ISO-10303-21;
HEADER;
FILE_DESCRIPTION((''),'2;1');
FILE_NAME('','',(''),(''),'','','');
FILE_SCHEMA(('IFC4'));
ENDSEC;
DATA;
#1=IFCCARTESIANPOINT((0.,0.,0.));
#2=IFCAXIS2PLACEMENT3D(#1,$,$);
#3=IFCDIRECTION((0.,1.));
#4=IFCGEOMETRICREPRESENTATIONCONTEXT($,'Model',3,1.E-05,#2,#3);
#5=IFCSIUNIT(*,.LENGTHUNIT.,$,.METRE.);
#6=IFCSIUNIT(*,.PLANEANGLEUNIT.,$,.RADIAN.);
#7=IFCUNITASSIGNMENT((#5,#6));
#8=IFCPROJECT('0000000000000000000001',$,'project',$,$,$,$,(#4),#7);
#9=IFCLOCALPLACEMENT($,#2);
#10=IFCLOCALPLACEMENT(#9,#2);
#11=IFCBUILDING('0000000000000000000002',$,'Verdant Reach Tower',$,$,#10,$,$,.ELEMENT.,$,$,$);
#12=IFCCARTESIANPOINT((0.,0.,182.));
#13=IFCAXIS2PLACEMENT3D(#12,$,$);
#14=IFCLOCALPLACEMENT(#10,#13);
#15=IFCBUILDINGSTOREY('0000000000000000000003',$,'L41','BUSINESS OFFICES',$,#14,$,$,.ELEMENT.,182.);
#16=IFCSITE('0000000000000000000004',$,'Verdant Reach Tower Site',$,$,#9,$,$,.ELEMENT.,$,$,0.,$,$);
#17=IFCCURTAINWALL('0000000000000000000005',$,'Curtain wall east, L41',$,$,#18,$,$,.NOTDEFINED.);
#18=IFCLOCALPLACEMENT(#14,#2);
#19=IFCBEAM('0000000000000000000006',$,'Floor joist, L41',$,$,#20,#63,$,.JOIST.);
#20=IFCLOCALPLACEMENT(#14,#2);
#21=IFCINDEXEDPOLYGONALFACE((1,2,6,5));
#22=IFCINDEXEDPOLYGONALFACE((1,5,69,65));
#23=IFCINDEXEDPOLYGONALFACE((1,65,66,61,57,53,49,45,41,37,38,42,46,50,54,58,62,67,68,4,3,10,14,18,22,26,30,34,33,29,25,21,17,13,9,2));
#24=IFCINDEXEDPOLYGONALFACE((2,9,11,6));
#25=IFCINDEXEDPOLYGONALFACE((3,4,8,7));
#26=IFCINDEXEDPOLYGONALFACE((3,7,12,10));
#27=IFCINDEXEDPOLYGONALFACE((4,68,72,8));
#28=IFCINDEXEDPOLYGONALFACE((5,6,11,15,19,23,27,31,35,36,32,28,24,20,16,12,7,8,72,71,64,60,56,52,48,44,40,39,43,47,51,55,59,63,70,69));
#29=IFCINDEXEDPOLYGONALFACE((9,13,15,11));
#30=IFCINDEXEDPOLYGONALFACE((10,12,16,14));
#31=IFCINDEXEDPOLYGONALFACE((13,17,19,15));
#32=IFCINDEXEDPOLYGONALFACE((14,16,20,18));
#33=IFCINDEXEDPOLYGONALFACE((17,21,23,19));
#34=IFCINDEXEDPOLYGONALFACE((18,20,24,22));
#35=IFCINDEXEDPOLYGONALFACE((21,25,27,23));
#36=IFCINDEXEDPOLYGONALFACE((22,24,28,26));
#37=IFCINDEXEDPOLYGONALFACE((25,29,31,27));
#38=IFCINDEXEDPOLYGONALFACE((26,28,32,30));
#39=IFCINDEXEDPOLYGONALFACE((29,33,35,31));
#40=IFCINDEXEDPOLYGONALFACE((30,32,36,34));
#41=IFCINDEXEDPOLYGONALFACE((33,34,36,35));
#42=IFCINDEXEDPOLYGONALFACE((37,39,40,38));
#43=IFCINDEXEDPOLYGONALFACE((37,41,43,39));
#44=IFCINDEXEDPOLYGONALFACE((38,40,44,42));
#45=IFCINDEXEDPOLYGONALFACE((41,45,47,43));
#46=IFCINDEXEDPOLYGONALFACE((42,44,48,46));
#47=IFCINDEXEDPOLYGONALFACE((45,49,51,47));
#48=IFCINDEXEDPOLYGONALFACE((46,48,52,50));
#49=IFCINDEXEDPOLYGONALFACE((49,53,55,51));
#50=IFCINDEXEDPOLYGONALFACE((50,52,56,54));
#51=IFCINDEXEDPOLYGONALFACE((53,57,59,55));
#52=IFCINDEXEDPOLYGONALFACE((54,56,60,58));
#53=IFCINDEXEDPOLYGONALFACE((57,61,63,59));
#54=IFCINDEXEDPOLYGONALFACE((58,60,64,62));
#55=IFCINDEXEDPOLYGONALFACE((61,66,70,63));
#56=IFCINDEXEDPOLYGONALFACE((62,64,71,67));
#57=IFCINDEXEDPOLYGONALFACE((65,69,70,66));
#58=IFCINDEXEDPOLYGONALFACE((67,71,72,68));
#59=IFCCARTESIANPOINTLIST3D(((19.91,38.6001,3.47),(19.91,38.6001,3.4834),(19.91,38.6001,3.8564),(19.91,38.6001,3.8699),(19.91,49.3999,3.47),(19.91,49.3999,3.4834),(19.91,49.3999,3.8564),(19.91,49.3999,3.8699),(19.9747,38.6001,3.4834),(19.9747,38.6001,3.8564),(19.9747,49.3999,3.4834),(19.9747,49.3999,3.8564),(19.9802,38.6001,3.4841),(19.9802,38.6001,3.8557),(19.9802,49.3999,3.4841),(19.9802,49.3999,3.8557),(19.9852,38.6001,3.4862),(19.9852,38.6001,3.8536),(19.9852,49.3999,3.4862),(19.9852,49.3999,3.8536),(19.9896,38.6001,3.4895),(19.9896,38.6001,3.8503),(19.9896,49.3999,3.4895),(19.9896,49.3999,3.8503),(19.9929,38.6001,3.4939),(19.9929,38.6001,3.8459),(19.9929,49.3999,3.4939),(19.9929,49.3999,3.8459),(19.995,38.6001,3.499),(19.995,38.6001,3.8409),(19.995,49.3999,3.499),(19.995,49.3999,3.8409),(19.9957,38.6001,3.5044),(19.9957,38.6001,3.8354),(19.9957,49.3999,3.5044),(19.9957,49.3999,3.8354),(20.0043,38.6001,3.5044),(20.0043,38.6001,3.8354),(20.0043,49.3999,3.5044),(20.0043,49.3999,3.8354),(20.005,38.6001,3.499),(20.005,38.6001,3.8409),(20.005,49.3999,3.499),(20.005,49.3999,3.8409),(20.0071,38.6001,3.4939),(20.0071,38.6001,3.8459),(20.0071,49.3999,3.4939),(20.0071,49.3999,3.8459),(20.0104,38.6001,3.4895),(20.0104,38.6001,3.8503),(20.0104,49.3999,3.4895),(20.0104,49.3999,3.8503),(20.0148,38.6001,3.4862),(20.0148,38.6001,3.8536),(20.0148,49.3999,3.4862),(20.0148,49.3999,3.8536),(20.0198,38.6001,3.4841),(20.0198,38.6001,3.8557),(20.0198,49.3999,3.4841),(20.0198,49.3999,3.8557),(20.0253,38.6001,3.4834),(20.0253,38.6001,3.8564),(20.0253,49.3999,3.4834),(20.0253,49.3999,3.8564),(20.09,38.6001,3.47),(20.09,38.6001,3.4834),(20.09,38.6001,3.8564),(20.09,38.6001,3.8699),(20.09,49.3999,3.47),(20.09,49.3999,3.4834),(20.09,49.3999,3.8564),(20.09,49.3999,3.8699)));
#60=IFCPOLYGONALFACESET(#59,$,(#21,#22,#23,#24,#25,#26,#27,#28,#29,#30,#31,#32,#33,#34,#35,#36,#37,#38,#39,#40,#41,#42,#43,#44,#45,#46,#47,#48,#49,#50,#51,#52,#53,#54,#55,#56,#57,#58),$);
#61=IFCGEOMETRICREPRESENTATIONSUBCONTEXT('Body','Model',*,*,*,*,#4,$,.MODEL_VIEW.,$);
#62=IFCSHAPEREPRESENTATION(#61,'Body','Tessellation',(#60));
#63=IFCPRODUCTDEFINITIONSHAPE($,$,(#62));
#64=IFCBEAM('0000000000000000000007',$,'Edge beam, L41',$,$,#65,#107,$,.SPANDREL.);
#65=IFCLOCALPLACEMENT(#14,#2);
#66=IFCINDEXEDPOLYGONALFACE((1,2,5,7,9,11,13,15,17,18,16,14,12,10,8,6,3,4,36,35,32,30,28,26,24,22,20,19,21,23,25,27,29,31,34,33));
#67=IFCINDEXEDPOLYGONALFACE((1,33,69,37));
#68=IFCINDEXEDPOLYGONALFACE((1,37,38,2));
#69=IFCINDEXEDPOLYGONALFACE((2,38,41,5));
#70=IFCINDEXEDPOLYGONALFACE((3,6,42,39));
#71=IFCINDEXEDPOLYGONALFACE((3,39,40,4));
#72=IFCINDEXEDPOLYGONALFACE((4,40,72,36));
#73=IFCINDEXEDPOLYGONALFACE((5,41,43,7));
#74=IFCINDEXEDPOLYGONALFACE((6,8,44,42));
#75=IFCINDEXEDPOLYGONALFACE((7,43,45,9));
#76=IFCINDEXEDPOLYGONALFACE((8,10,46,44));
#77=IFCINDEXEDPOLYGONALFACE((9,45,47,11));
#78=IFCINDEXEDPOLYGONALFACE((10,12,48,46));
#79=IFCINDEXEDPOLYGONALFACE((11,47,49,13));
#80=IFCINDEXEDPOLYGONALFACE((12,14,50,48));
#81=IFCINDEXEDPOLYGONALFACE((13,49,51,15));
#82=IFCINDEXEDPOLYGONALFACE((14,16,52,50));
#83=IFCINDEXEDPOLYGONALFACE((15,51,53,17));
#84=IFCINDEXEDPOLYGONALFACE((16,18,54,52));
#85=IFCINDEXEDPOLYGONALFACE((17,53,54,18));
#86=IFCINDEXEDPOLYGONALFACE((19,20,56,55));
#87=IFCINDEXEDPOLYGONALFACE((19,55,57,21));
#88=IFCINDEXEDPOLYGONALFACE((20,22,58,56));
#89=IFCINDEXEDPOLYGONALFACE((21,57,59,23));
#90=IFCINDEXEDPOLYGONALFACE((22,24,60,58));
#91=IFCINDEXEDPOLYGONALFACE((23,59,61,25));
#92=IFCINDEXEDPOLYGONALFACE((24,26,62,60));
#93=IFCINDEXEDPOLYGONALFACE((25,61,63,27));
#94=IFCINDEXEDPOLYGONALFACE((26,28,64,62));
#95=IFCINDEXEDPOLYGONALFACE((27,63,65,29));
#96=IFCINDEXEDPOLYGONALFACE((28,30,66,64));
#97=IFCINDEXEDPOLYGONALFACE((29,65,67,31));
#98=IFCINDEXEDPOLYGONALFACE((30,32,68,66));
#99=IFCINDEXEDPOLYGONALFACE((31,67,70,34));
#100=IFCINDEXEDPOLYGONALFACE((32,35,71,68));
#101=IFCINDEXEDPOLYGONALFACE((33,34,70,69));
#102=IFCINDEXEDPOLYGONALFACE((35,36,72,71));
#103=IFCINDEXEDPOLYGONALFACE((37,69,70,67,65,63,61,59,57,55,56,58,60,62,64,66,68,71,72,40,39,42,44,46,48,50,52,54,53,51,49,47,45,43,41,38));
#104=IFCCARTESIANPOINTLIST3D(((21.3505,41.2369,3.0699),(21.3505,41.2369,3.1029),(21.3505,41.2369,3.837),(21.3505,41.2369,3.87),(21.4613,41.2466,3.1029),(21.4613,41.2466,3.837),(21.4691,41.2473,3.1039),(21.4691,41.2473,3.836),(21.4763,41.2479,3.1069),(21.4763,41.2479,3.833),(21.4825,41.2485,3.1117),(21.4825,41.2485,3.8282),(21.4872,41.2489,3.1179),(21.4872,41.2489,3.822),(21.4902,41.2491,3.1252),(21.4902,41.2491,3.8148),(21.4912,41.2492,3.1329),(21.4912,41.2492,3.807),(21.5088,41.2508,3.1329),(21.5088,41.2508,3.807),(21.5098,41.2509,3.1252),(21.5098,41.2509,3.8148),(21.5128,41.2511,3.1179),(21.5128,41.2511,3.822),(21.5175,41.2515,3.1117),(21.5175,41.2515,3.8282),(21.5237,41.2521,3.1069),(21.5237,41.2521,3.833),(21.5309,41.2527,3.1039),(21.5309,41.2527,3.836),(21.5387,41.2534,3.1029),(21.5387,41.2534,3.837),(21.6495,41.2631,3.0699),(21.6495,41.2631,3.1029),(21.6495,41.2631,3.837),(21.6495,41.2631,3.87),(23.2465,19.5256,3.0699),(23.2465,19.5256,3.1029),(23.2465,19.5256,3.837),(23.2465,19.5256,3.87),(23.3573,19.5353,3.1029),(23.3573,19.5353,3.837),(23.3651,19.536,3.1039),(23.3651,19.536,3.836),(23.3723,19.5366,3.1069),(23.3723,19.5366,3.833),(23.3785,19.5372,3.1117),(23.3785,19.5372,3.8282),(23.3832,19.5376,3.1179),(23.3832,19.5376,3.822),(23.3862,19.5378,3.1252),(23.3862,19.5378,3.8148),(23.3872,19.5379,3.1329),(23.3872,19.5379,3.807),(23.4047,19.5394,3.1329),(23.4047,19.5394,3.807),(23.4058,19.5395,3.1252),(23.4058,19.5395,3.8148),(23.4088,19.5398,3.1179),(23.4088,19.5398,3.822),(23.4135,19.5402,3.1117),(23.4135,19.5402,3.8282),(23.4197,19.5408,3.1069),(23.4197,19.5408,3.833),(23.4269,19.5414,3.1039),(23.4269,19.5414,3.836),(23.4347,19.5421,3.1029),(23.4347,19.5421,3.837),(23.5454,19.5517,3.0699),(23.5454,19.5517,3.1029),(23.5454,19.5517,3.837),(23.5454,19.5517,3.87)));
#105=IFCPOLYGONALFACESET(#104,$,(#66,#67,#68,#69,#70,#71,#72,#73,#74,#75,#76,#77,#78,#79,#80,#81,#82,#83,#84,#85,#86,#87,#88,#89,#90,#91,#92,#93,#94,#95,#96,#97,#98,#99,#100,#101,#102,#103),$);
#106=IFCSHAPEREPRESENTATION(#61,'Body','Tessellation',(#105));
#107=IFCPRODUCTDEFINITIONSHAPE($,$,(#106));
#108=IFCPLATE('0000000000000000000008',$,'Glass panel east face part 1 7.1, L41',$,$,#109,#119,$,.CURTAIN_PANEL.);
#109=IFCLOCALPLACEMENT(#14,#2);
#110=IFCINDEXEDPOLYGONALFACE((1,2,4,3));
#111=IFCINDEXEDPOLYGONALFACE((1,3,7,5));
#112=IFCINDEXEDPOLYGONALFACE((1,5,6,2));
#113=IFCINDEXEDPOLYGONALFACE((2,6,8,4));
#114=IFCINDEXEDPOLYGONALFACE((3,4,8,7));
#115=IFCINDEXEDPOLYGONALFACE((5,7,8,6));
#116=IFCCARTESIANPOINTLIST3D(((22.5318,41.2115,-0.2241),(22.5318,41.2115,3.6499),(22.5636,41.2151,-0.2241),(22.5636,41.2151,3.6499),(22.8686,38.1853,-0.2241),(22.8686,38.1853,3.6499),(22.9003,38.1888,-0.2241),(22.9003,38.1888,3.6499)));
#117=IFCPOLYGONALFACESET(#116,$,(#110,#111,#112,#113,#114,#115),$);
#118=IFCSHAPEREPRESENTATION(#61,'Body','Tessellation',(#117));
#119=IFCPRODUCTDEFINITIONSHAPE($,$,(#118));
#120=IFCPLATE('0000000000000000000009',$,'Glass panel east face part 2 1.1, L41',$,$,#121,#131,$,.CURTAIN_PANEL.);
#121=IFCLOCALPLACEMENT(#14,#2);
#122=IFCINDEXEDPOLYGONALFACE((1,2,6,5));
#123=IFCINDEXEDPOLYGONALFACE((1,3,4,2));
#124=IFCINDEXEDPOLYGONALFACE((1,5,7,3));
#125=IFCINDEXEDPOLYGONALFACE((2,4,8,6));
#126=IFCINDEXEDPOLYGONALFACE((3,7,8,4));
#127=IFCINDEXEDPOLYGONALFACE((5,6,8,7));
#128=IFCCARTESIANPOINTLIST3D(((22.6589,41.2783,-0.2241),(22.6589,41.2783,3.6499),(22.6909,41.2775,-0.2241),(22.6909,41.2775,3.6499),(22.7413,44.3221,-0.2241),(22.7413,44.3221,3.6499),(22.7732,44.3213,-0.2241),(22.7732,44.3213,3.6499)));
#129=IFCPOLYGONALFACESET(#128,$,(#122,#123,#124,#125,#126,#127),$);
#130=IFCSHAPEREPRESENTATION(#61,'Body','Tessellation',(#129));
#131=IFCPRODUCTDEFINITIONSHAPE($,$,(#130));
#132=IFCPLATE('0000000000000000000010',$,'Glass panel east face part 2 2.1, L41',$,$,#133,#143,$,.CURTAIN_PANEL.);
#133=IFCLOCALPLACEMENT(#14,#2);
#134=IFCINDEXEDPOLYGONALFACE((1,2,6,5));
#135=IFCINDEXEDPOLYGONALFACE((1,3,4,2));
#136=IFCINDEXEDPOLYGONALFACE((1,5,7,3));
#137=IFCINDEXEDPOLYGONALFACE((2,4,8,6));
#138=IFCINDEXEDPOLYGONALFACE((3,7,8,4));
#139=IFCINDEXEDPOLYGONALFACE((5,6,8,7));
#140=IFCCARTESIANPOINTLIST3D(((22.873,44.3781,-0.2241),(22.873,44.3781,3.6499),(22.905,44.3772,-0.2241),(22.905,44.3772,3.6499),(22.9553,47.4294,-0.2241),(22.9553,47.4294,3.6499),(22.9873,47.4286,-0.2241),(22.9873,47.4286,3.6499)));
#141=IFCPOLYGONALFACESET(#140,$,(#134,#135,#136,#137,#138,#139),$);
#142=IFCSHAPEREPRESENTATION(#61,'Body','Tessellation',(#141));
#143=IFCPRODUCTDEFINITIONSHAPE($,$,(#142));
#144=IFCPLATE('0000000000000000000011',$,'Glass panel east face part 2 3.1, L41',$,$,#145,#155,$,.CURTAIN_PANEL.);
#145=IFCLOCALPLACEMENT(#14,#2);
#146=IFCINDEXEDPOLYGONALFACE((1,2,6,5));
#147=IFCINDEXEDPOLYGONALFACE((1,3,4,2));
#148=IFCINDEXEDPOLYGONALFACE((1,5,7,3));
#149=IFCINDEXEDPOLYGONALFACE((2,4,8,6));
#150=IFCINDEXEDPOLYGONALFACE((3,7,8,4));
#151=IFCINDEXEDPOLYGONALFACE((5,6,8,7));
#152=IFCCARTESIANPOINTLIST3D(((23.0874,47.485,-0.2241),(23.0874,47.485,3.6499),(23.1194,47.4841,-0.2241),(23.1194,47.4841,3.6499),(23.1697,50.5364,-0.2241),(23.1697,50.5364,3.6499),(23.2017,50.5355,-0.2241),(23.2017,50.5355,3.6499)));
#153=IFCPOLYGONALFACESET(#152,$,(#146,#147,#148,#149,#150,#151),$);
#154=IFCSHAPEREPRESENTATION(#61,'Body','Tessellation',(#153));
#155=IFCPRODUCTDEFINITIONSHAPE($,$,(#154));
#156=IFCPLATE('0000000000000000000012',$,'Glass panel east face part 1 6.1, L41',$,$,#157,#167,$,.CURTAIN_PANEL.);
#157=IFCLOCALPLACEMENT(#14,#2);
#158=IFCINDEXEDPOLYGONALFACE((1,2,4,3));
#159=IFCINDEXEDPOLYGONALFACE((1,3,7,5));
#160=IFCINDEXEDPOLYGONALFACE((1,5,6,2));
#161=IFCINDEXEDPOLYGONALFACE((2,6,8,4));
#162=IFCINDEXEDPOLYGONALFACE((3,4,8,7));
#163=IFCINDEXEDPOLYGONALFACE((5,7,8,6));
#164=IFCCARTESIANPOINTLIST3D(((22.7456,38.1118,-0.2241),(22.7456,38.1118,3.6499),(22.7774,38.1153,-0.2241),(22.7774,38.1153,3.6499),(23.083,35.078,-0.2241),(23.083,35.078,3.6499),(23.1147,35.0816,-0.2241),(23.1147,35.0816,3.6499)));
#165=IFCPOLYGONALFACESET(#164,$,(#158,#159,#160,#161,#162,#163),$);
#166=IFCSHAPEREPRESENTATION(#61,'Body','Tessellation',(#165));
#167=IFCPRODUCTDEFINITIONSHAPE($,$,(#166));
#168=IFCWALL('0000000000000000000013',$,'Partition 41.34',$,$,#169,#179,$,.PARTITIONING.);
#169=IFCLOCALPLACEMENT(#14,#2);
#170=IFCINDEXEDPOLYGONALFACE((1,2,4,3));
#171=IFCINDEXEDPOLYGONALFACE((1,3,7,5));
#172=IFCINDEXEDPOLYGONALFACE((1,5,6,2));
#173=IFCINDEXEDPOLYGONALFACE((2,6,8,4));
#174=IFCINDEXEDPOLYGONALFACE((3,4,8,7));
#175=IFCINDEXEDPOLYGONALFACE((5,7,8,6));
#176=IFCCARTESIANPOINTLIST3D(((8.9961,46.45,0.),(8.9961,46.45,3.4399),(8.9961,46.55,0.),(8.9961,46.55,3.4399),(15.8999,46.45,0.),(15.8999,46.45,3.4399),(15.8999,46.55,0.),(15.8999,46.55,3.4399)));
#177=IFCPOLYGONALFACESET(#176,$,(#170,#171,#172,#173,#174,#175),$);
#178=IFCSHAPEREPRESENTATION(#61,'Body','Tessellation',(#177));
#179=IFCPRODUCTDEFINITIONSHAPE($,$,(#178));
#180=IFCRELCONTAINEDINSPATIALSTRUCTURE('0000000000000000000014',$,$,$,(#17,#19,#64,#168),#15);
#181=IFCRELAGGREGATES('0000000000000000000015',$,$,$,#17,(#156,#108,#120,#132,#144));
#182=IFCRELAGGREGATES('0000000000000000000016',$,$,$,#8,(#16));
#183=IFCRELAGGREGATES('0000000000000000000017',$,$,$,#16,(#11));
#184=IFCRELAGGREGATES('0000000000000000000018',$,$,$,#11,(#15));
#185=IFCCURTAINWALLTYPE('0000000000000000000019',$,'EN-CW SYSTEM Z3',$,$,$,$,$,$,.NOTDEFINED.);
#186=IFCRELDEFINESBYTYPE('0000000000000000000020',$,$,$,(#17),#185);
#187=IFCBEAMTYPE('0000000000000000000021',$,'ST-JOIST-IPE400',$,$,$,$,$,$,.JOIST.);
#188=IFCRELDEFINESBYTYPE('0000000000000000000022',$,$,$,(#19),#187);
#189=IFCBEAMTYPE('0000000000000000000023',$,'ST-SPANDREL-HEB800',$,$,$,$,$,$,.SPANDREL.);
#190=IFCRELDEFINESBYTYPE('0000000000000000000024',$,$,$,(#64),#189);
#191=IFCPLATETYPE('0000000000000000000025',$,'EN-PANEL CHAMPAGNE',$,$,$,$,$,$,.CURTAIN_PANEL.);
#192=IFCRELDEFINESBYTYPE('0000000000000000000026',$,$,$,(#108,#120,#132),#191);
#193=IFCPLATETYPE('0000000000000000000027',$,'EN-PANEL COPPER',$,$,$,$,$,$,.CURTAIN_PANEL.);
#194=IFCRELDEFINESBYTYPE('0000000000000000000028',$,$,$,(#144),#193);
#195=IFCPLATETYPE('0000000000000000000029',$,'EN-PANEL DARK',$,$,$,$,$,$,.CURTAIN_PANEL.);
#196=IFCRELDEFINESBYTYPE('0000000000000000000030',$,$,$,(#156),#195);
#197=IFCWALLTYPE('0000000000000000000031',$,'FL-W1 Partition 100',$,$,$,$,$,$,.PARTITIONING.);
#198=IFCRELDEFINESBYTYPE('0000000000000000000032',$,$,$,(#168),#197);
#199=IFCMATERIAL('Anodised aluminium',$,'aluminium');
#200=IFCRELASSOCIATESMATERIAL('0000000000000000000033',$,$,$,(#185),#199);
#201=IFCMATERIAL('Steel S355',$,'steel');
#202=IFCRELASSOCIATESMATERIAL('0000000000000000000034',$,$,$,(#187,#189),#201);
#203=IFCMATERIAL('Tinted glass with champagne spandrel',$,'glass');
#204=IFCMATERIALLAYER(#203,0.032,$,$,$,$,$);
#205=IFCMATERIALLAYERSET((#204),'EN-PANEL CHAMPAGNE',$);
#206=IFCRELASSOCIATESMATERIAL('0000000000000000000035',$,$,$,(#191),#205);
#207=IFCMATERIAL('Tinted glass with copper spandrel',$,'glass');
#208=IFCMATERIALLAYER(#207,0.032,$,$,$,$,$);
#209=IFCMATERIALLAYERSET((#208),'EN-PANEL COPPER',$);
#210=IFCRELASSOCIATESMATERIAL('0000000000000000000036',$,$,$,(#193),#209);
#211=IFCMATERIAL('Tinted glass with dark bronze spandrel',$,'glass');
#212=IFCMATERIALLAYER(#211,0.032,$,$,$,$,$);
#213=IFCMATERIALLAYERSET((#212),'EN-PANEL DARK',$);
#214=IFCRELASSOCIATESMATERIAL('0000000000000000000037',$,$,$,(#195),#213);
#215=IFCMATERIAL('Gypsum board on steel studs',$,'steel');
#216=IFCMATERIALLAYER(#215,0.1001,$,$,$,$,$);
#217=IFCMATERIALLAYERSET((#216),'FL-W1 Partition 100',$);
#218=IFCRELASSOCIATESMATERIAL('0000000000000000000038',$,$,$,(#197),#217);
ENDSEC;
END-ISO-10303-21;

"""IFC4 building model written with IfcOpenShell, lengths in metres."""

from ifc_helpers import new_model, si_unit, direction, frame, frame_2d, origin, origin_2d, place, context, subcontext, project, spatial, rectangle, i_section, extrude, material, layer, layer_set, material_profile, profile_set, type_object, element, aggregate, save


model = new_model("IFC4")

# Units and contexts
model_context = context("Model", 3, precision=1e-05, world=origin(), true_north=direction((0.0, 1.0)))
body_context = subcontext(model_context, "Body", "Model", "MODEL_VIEW")
ifc_project = project(units=[si_unit("LENGTHUNIT", "METRE"), si_unit("PLANEANGLEUNIT", "RADIAN")], contexts=[model_context])

# Site, building, storey
site_placement = place(None, origin())
site = spatial("IfcSite", under=ifc_project, at=site_placement, Name="Verdant Reach Tower Site", CompositionType="ELEMENT", RefElevation=0.0)
building_placement = place(site_placement, origin())
building = spatial("IfcBuilding", under=site, at=building_placement, Name="Verdant Reach Tower", CompositionType="ELEMENT")
storey_placement = place(building_placement, frame((0.0, 0.0, 182.0)))
storey = spatial("IfcBuildingStorey", under=building, at=storey_placement, Name="L41", Description="BUSINESS OFFICES", CompositionType="ELEMENT", Elevation=182.0)

# Curtain wall
ifc_material_1 = material(Name="Anodised aluminium", Category="aluminium")
curtain_wall_type = type_object("IfcCurtainWallType", Name="EN-CW SYSTEM Z3", PredefinedType="NOTDEFINED", material=ifc_material_1)
curtain_wall_placement = place(storey_placement, origin())
curtain_wall = element("IfcCurtainWall", 1, at=curtain_wall_placement, inside=storey, type_object=curtain_wall_type, Name="Curtain wall east, L41", PredefinedType="NOTDEFINED")

# Beams
ifc_material_2 = material(Name="Steel S355", Category="steel")
ifc_material_profile_1 = material_profile(ifc_material_2, i_section(OverallWidth=0.1799, OverallDepth=0.3999, WebThickness=0.0085, FlangeThickness=0.0134, FilletRadius=0.021, at=origin_2d()), Name="IPE 400")
ifc_profile_set_1 = profile_set([ifc_material_profile_1], Name="Steel S355")
beam_type_1 = type_object("IfcBeamType", Name="ST-JOIST-IPE400", PredefinedType="JOIST", material=ifc_profile_set_1)
for number, where, z_axis, x_axis, name in (
    (2, (20.0, 38.6001, 3.6699), (0.0, 1.0, 0.0), (-1.0, 0.0, 0.0), "Floor joist, L41"),
):
    element("IfcBeam", number, at=place(storey_placement, frame(where, z_axis=z_axis, x_axis=x_axis)), inside=storey, type_object=beam_type_1, Name=name, PredefinedType="JOIST", context=body_context, shape_type="SweptSolid", body=[
        extrude(i_section(OverallWidth=0.1799, OverallDepth=0.3999, WebThickness=0.0085, FlangeThickness=0.0134, FilletRadius=0.021, at=origin_2d()), origin(), (0.0, 0.0, 1.0), 10.7998),
    ])
ifc_material_profile_2 = material_profile(ifc_material_2, i_section(OverallWidth=0.3, OverallDepth=0.8, WebThickness=0.0176, FlangeThickness=0.033, FilletRadius=0.03, at=origin_2d()), Name="HEB 800")
ifc_profile_set_2 = profile_set([ifc_material_profile_2], Name="Steel S355")
beam_type_2 = type_object("IfcBeamType", Name="ST-SPANDREL-HEB800", PredefinedType="SPANDREL", material=ifc_profile_set_2)
beam_placement = place(storey_placement, frame((21.5, 41.25, 3.47), z_axis=(0.086996, -0.996209, 0.0), x_axis=(0.996209, 0.086996, 0.0)))
element("IfcBeam", 3, at=beam_placement, inside=storey, type_object=beam_type_2, Name="Edge beam, L41", PredefinedType="SPANDREL", context=body_context, shape_type="SweptSolid", body=[
    extrude(i_section(OverallWidth=0.3, OverallDepth=0.8, WebThickness=0.0176, FlangeThickness=0.033, FilletRadius=0.03, at=origin_2d()), origin(), (0.0, 0.0, 1.0), 21.7939),
])

# Plates
ifc_material_3 = material(Name="Tinted glass with champagne spandrel", Category="glass")
ifc_layer_1 = layer(ifc_material_3, 0.032)
ifc_layer_set_1 = layer_set([ifc_layer_1], Name="EN-PANEL CHAMPAGNE")
plate_type_1 = type_object("IfcPlateType", Name="EN-PANEL CHAMPAGNE", PredefinedType="CURTAIN_PANEL", material=ifc_layer_set_1)
plate_1_placement = place(storey_placement, frame((22.7161, 39.7002, -0.2241), z_axis=(0.0, 0.0, 1.0), x_axis=(-0.110601, 0.993865, 0.0)))
plate_1 = element("IfcPlate", 4, at=plate_1_placement, type_object=plate_type_1, Name="Glass panel east face part 1 7.1, L41", PredefinedType="CURTAIN_PANEL", context=body_context, shape_type="SweptSolid", body=[
    extrude(rectangle(XDim=3.0449, YDim=0.032, at=origin_2d()), origin(), (0.0, 0.0, 1.0), 3.874),
])
plate_2_placement = place(storey_placement, frame((22.7161, 42.7998, -0.2241), z_axis=(0.0, 0.0, 1.0), x_axis=(0.027048, 0.999634, 0.0)))
plate_2 = element("IfcPlate", 5, at=plate_2_placement, type_object=plate_type_1, Name="Glass panel east face part 2 1.1, L41", PredefinedType="CURTAIN_PANEL", context=body_context, shape_type="SweptSolid", body=[
    extrude(rectangle(XDim=3.0449, YDim=0.032, at=origin_2d()), origin(), (0.0, 0.0, 1.0), 3.874),
])
plate_3_placement = place(storey_placement, frame((22.9302, 45.9033, -0.2241), z_axis=(0.0, 0.0, 1.0), x_axis=(0.026965, 0.999636, 0.0)))
plate_3 = element("IfcPlate", 6, at=plate_3_placement, type_object=plate_type_1, Name="Glass panel east face part 2 2.1, L41", PredefinedType="CURTAIN_PANEL", context=body_context, shape_type="SweptSolid", body=[
    extrude(rectangle(XDim=3.0525, YDim=0.032, at=origin_2d()), origin(), (0.0, 0.0, 1.0), 3.874),
])
ifc_material_4 = material(Name="Tinted glass with copper spandrel", Category="glass")
ifc_layer_2 = layer(ifc_material_4, 0.032)
ifc_layer_set_2 = layer_set([ifc_layer_2], Name="EN-PANEL COPPER")
plate_type_2 = type_object("IfcPlateType", Name="EN-PANEL COPPER", PredefinedType="CURTAIN_PANEL", material=ifc_layer_set_2)
plate_4_placement = place(storey_placement, frame((23.1445, 49.0103, -0.2241), z_axis=(0.0, 0.0, 1.0), x_axis=(0.026965, 0.999636, 0.0)))
plate_4 = element("IfcPlate", 7, at=plate_4_placement, type_object=plate_type_2, Name="Glass panel east face part 2 3.1, L41", PredefinedType="CURTAIN_PANEL", context=body_context, shape_type="SweptSolid", body=[
    extrude(rectangle(XDim=3.0525, YDim=0.032, at=origin_2d()), origin(), (0.0, 0.0, 1.0), 3.874),
])
ifc_material_5 = material(Name="Tinted glass with dark bronze spandrel", Category="glass")
ifc_layer_3 = layer(ifc_material_5, 0.032)
ifc_layer_set_3 = layer_set([ifc_layer_3], Name="EN-PANEL DARK")
plate_type_3 = type_object("IfcPlateType", Name="EN-PANEL DARK", PredefinedType="CURTAIN_PANEL", material=ifc_layer_set_3)
plate_5_placement = place(storey_placement, frame((22.9302, 36.5967, -0.2241), z_axis=(0.0, 0.0, 1.0), x_axis=(-0.110518, 0.993874, 0.0)))
plate_5 = element("IfcPlate", 8, at=plate_5_placement, type_object=plate_type_3, Name="Glass panel east face part 1 6.1, L41", PredefinedType="CURTAIN_PANEL", context=body_context, shape_type="SweptSolid", body=[
    extrude(rectangle(XDim=3.0525, YDim=0.032, at=origin_2d()), origin(), (0.0, 0.0, 1.0), 3.874),
])
aggregate(curtain_wall, [plate_5, plate_1, plate_2, plate_3, plate_4])

# Wall
ifc_material_6 = material(Name="Gypsum board on steel studs", Category="steel")
ifc_layer_4 = layer(ifc_material_6, 0.1001)
ifc_layer_set_4 = layer_set([ifc_layer_4], Name="FL-W1 Partition 100")
wall_type_1 = type_object("IfcWallType", Name="FL-W1 Partition 100", PredefinedType="PARTITIONING", material=ifc_layer_set_4)
wall_1_placement = place(storey_placement, frame((15.8999, 46.5, 0.0), z_axis=(0.0, 0.0, 1.0), x_axis=(-1.0, 0.0, 0.0)))
element("IfcWall", 9, at=wall_1_placement, inside=storey, type_object=wall_type_1, Name="Partition 41.34", PredefinedType="PARTITIONING", context=body_context, shape_type="SweptSolid", body=[
    extrude(rectangle(XDim=6.9038, YDim=0.1001, at=frame_2d((3.4519, 0.0))), origin(), (0.0, 0.0, 1.0), 3.4399),
])

save(model, "model.ifc")
